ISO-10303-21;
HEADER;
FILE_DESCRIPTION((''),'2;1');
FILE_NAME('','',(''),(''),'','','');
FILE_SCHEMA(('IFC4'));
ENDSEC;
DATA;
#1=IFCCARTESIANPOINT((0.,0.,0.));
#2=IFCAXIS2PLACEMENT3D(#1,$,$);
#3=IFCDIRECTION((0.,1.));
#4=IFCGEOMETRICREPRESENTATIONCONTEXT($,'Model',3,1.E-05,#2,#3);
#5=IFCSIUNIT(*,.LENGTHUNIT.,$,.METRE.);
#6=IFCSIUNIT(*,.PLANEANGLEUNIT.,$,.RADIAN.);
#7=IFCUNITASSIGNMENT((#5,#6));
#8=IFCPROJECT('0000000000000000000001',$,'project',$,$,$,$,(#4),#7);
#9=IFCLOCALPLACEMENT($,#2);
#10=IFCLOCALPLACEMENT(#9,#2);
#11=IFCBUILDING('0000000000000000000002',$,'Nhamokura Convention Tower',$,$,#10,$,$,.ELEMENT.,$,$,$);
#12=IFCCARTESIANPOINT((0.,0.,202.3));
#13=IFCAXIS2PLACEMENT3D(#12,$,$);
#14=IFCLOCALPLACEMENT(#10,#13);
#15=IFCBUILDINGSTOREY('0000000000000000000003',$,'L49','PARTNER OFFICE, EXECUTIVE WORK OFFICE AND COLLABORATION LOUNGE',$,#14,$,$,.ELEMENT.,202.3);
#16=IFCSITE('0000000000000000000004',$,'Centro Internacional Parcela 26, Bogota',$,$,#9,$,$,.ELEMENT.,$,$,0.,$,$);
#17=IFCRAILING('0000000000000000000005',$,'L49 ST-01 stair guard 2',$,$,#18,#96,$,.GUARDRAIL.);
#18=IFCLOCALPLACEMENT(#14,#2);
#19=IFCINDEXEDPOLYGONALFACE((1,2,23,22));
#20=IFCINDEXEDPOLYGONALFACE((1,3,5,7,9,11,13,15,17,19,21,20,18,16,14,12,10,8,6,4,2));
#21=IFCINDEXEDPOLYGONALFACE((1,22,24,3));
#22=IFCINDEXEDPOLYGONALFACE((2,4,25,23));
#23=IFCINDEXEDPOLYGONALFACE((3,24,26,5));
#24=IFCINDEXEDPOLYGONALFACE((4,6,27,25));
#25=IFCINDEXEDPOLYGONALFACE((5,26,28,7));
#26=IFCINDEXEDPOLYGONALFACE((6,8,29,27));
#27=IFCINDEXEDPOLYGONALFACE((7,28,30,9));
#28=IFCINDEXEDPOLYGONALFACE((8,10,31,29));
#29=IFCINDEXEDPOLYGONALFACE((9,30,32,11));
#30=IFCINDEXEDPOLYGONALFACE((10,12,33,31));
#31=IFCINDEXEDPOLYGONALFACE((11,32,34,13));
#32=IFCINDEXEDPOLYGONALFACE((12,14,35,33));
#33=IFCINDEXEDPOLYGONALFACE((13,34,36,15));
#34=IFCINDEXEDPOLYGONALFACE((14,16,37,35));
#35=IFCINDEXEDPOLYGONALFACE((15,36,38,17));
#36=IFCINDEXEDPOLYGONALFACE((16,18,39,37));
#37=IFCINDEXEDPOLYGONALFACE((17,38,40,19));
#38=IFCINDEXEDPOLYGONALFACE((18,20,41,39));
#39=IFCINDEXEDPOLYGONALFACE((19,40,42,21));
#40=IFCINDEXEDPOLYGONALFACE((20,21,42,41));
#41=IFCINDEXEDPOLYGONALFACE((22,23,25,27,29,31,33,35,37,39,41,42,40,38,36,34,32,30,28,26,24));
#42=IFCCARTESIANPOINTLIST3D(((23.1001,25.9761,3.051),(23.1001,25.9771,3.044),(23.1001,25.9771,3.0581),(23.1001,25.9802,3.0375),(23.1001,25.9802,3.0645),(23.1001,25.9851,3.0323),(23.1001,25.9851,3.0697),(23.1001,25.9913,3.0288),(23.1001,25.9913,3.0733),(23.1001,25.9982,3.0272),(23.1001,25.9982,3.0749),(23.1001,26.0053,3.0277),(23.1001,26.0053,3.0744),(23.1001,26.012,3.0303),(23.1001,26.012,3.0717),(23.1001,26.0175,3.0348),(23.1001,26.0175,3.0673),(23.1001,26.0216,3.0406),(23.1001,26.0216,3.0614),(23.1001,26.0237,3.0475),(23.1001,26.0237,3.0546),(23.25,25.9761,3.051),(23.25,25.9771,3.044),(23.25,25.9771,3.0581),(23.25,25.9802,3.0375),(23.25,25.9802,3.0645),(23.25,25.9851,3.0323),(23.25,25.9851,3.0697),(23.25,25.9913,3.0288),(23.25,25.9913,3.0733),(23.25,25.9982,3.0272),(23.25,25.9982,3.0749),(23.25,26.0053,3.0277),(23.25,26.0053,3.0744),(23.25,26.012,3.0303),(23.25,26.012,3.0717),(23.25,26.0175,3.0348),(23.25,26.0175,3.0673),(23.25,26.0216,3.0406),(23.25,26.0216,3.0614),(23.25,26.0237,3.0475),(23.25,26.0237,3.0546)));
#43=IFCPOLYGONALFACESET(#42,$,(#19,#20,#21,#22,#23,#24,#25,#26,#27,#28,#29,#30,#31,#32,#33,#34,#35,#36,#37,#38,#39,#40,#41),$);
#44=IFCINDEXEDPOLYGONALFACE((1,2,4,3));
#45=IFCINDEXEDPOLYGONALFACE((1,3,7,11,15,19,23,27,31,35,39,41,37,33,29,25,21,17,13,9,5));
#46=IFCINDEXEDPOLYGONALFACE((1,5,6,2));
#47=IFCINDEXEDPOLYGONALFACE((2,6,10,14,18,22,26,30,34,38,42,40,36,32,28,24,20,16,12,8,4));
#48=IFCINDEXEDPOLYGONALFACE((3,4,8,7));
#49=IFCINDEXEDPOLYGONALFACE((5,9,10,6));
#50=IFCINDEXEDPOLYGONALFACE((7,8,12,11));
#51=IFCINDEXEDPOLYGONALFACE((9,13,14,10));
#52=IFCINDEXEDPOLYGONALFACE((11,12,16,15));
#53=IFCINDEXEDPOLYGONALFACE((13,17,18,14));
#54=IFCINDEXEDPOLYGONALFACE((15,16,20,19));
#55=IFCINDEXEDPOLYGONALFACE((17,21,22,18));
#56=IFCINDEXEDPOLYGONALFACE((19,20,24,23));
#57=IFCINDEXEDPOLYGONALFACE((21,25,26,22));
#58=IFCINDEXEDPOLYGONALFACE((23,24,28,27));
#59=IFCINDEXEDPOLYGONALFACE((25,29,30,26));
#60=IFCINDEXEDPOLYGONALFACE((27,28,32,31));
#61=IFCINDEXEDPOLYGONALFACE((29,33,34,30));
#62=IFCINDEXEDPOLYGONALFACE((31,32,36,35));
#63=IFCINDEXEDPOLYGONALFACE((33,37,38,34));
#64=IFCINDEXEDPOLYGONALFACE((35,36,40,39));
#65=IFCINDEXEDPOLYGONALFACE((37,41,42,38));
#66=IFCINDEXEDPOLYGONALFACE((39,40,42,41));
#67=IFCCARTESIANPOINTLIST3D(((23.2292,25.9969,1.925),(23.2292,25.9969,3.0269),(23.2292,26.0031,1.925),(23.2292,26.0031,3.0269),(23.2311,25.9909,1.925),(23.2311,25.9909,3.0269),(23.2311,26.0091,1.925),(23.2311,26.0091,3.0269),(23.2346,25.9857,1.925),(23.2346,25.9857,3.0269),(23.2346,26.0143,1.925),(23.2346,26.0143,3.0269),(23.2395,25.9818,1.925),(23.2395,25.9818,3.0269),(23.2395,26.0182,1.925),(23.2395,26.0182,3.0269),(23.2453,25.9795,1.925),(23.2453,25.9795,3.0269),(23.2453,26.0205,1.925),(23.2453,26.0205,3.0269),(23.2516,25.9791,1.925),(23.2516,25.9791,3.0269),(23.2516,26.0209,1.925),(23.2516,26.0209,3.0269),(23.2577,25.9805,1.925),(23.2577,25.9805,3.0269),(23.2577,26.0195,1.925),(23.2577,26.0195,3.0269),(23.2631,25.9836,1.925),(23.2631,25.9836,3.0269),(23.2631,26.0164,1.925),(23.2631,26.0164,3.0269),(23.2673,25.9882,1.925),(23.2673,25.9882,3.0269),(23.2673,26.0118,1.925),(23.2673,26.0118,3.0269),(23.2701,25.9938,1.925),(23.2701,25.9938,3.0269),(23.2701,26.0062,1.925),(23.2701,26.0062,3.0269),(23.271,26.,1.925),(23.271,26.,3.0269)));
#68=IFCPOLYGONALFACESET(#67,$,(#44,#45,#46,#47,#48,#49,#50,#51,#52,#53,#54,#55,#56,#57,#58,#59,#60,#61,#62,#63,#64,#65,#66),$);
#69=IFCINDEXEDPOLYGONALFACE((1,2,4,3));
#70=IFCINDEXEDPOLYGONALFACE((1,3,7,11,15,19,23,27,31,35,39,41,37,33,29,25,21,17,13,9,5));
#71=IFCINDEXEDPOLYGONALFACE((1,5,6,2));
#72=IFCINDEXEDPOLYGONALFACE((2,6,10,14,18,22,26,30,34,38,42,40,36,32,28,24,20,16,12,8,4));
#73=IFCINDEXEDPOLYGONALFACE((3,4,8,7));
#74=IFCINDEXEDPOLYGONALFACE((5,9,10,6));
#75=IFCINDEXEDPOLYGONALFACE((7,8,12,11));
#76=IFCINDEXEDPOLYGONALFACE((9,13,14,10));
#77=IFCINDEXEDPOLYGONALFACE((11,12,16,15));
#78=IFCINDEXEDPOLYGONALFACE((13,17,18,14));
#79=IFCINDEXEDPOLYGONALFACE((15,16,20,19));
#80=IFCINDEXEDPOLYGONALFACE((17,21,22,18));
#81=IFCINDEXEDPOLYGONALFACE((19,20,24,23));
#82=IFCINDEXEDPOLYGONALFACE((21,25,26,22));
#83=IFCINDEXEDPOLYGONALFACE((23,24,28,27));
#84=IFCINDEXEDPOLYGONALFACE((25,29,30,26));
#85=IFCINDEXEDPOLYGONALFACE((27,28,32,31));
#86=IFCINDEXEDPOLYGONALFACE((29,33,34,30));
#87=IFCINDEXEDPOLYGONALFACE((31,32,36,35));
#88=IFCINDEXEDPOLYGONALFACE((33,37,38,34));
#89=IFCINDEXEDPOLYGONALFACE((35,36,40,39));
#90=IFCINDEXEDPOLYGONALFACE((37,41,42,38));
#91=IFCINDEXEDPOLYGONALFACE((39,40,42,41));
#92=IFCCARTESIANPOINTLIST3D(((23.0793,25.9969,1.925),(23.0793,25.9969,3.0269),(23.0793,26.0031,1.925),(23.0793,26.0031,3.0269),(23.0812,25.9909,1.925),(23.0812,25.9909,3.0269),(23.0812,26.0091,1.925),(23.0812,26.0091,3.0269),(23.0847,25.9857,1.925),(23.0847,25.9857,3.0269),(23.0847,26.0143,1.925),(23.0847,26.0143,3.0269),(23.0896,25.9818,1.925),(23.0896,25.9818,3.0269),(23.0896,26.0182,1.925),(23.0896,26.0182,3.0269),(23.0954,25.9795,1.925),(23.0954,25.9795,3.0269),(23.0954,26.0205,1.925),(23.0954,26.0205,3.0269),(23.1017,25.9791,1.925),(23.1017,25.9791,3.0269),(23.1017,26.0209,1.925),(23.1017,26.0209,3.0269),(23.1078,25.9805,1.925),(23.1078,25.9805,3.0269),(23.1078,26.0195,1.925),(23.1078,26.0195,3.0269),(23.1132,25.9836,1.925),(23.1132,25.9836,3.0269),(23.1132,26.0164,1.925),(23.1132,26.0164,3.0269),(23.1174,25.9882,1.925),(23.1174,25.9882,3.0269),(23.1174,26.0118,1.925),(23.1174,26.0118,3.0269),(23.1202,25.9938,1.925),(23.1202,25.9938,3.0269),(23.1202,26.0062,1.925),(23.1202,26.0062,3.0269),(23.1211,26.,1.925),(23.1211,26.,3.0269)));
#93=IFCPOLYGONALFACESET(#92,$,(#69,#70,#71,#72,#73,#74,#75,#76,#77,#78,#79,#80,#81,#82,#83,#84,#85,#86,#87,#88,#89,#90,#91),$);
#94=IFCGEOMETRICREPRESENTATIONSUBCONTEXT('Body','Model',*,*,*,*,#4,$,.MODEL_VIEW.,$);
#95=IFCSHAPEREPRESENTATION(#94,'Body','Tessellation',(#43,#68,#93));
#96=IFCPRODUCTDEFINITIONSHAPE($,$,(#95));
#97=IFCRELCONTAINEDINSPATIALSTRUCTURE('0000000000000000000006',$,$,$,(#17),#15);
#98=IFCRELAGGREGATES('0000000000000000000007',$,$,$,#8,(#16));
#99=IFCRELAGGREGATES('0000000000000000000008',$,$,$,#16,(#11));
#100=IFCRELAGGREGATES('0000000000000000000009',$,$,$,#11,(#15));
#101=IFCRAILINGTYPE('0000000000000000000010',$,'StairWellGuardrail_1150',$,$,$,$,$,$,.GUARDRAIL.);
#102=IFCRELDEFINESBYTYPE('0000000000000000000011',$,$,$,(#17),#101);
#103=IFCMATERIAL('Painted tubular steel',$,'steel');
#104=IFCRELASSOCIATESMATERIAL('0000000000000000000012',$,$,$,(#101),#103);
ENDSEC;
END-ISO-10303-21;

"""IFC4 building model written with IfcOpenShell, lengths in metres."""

from ifc_helpers import new_model, si_unit, direction, frame, origin, origin_2d, place, context, subcontext, project, spatial, circle, extrude, material, type_object, element, save


model = new_model("IFC4")

# Units and contexts
model_context = context("Model", 3, precision=1e-05, world=origin(), true_north=direction((0.0, 1.0)))
body_context = subcontext(model_context, "Body", "Model", "MODEL_VIEW")
ifc_project = project(units=[si_unit("LENGTHUNIT", "METRE"), si_unit("PLANEANGLEUNIT", "RADIAN")], contexts=[model_context])

# Site, building, storey
site_placement = place(None, origin())
site = spatial("IfcSite", under=ifc_project, at=site_placement, Name="Centro Internacional Parcela 26, Bogota", CompositionType="ELEMENT", RefElevation=0.0)
building_placement = place(site_placement, origin())
building = spatial("IfcBuilding", under=site, at=building_placement, Name="Nhamokura Convention Tower", CompositionType="ELEMENT")
storey_placement = place(building_placement, frame((0.0, 0.0, 202.3)))
storey = spatial("IfcBuildingStorey", under=building, at=storey_placement, Name="L49", Description="PARTNER OFFICE, EXECUTIVE WORK OFFICE AND COLLABORATION LOUNGE", CompositionType="ELEMENT", Elevation=202.3)

# Railing
ifc_material_1 = material(Name="Painted tubular steel", Category="steel")
railing_type_1 = type_object("IfcRailingType", Name="StairWellGuardrail_1150", PredefinedType="GUARDRAIL", material=ifc_material_1)
railing_1_placement = place(storey_placement, frame((23.25, 26.0, 1.925)))
element("IfcRailing", 1, at=railing_1_placement, inside=storey, type_object=railing_type_1, Name="L49 ST-01 stair guard 2", PredefinedType="GUARDRAIL", context=body_context, shape_type="SweptSolid", body=[
    extrude(circle(Radius=0.0239, at=origin_2d()), frame((0.0, 0.0, 1.126), z_axis=(-1.0, 0.0, 0.0), x_axis=(0.0, -1.0, 0.0)), (0.0, 0.0, 1.0), 0.1499),
    extrude(circle(Radius=0.021, at=origin_2d()), origin(), (0.0, 0.0, 1.0), 1.1018),
    extrude(circle(Radius=0.021, at=origin_2d()), frame((-0.1499, 0.0, 0.0)), (0.0, 0.0, 1.0), 1.1018),
])

save(model, "model.ifc")
